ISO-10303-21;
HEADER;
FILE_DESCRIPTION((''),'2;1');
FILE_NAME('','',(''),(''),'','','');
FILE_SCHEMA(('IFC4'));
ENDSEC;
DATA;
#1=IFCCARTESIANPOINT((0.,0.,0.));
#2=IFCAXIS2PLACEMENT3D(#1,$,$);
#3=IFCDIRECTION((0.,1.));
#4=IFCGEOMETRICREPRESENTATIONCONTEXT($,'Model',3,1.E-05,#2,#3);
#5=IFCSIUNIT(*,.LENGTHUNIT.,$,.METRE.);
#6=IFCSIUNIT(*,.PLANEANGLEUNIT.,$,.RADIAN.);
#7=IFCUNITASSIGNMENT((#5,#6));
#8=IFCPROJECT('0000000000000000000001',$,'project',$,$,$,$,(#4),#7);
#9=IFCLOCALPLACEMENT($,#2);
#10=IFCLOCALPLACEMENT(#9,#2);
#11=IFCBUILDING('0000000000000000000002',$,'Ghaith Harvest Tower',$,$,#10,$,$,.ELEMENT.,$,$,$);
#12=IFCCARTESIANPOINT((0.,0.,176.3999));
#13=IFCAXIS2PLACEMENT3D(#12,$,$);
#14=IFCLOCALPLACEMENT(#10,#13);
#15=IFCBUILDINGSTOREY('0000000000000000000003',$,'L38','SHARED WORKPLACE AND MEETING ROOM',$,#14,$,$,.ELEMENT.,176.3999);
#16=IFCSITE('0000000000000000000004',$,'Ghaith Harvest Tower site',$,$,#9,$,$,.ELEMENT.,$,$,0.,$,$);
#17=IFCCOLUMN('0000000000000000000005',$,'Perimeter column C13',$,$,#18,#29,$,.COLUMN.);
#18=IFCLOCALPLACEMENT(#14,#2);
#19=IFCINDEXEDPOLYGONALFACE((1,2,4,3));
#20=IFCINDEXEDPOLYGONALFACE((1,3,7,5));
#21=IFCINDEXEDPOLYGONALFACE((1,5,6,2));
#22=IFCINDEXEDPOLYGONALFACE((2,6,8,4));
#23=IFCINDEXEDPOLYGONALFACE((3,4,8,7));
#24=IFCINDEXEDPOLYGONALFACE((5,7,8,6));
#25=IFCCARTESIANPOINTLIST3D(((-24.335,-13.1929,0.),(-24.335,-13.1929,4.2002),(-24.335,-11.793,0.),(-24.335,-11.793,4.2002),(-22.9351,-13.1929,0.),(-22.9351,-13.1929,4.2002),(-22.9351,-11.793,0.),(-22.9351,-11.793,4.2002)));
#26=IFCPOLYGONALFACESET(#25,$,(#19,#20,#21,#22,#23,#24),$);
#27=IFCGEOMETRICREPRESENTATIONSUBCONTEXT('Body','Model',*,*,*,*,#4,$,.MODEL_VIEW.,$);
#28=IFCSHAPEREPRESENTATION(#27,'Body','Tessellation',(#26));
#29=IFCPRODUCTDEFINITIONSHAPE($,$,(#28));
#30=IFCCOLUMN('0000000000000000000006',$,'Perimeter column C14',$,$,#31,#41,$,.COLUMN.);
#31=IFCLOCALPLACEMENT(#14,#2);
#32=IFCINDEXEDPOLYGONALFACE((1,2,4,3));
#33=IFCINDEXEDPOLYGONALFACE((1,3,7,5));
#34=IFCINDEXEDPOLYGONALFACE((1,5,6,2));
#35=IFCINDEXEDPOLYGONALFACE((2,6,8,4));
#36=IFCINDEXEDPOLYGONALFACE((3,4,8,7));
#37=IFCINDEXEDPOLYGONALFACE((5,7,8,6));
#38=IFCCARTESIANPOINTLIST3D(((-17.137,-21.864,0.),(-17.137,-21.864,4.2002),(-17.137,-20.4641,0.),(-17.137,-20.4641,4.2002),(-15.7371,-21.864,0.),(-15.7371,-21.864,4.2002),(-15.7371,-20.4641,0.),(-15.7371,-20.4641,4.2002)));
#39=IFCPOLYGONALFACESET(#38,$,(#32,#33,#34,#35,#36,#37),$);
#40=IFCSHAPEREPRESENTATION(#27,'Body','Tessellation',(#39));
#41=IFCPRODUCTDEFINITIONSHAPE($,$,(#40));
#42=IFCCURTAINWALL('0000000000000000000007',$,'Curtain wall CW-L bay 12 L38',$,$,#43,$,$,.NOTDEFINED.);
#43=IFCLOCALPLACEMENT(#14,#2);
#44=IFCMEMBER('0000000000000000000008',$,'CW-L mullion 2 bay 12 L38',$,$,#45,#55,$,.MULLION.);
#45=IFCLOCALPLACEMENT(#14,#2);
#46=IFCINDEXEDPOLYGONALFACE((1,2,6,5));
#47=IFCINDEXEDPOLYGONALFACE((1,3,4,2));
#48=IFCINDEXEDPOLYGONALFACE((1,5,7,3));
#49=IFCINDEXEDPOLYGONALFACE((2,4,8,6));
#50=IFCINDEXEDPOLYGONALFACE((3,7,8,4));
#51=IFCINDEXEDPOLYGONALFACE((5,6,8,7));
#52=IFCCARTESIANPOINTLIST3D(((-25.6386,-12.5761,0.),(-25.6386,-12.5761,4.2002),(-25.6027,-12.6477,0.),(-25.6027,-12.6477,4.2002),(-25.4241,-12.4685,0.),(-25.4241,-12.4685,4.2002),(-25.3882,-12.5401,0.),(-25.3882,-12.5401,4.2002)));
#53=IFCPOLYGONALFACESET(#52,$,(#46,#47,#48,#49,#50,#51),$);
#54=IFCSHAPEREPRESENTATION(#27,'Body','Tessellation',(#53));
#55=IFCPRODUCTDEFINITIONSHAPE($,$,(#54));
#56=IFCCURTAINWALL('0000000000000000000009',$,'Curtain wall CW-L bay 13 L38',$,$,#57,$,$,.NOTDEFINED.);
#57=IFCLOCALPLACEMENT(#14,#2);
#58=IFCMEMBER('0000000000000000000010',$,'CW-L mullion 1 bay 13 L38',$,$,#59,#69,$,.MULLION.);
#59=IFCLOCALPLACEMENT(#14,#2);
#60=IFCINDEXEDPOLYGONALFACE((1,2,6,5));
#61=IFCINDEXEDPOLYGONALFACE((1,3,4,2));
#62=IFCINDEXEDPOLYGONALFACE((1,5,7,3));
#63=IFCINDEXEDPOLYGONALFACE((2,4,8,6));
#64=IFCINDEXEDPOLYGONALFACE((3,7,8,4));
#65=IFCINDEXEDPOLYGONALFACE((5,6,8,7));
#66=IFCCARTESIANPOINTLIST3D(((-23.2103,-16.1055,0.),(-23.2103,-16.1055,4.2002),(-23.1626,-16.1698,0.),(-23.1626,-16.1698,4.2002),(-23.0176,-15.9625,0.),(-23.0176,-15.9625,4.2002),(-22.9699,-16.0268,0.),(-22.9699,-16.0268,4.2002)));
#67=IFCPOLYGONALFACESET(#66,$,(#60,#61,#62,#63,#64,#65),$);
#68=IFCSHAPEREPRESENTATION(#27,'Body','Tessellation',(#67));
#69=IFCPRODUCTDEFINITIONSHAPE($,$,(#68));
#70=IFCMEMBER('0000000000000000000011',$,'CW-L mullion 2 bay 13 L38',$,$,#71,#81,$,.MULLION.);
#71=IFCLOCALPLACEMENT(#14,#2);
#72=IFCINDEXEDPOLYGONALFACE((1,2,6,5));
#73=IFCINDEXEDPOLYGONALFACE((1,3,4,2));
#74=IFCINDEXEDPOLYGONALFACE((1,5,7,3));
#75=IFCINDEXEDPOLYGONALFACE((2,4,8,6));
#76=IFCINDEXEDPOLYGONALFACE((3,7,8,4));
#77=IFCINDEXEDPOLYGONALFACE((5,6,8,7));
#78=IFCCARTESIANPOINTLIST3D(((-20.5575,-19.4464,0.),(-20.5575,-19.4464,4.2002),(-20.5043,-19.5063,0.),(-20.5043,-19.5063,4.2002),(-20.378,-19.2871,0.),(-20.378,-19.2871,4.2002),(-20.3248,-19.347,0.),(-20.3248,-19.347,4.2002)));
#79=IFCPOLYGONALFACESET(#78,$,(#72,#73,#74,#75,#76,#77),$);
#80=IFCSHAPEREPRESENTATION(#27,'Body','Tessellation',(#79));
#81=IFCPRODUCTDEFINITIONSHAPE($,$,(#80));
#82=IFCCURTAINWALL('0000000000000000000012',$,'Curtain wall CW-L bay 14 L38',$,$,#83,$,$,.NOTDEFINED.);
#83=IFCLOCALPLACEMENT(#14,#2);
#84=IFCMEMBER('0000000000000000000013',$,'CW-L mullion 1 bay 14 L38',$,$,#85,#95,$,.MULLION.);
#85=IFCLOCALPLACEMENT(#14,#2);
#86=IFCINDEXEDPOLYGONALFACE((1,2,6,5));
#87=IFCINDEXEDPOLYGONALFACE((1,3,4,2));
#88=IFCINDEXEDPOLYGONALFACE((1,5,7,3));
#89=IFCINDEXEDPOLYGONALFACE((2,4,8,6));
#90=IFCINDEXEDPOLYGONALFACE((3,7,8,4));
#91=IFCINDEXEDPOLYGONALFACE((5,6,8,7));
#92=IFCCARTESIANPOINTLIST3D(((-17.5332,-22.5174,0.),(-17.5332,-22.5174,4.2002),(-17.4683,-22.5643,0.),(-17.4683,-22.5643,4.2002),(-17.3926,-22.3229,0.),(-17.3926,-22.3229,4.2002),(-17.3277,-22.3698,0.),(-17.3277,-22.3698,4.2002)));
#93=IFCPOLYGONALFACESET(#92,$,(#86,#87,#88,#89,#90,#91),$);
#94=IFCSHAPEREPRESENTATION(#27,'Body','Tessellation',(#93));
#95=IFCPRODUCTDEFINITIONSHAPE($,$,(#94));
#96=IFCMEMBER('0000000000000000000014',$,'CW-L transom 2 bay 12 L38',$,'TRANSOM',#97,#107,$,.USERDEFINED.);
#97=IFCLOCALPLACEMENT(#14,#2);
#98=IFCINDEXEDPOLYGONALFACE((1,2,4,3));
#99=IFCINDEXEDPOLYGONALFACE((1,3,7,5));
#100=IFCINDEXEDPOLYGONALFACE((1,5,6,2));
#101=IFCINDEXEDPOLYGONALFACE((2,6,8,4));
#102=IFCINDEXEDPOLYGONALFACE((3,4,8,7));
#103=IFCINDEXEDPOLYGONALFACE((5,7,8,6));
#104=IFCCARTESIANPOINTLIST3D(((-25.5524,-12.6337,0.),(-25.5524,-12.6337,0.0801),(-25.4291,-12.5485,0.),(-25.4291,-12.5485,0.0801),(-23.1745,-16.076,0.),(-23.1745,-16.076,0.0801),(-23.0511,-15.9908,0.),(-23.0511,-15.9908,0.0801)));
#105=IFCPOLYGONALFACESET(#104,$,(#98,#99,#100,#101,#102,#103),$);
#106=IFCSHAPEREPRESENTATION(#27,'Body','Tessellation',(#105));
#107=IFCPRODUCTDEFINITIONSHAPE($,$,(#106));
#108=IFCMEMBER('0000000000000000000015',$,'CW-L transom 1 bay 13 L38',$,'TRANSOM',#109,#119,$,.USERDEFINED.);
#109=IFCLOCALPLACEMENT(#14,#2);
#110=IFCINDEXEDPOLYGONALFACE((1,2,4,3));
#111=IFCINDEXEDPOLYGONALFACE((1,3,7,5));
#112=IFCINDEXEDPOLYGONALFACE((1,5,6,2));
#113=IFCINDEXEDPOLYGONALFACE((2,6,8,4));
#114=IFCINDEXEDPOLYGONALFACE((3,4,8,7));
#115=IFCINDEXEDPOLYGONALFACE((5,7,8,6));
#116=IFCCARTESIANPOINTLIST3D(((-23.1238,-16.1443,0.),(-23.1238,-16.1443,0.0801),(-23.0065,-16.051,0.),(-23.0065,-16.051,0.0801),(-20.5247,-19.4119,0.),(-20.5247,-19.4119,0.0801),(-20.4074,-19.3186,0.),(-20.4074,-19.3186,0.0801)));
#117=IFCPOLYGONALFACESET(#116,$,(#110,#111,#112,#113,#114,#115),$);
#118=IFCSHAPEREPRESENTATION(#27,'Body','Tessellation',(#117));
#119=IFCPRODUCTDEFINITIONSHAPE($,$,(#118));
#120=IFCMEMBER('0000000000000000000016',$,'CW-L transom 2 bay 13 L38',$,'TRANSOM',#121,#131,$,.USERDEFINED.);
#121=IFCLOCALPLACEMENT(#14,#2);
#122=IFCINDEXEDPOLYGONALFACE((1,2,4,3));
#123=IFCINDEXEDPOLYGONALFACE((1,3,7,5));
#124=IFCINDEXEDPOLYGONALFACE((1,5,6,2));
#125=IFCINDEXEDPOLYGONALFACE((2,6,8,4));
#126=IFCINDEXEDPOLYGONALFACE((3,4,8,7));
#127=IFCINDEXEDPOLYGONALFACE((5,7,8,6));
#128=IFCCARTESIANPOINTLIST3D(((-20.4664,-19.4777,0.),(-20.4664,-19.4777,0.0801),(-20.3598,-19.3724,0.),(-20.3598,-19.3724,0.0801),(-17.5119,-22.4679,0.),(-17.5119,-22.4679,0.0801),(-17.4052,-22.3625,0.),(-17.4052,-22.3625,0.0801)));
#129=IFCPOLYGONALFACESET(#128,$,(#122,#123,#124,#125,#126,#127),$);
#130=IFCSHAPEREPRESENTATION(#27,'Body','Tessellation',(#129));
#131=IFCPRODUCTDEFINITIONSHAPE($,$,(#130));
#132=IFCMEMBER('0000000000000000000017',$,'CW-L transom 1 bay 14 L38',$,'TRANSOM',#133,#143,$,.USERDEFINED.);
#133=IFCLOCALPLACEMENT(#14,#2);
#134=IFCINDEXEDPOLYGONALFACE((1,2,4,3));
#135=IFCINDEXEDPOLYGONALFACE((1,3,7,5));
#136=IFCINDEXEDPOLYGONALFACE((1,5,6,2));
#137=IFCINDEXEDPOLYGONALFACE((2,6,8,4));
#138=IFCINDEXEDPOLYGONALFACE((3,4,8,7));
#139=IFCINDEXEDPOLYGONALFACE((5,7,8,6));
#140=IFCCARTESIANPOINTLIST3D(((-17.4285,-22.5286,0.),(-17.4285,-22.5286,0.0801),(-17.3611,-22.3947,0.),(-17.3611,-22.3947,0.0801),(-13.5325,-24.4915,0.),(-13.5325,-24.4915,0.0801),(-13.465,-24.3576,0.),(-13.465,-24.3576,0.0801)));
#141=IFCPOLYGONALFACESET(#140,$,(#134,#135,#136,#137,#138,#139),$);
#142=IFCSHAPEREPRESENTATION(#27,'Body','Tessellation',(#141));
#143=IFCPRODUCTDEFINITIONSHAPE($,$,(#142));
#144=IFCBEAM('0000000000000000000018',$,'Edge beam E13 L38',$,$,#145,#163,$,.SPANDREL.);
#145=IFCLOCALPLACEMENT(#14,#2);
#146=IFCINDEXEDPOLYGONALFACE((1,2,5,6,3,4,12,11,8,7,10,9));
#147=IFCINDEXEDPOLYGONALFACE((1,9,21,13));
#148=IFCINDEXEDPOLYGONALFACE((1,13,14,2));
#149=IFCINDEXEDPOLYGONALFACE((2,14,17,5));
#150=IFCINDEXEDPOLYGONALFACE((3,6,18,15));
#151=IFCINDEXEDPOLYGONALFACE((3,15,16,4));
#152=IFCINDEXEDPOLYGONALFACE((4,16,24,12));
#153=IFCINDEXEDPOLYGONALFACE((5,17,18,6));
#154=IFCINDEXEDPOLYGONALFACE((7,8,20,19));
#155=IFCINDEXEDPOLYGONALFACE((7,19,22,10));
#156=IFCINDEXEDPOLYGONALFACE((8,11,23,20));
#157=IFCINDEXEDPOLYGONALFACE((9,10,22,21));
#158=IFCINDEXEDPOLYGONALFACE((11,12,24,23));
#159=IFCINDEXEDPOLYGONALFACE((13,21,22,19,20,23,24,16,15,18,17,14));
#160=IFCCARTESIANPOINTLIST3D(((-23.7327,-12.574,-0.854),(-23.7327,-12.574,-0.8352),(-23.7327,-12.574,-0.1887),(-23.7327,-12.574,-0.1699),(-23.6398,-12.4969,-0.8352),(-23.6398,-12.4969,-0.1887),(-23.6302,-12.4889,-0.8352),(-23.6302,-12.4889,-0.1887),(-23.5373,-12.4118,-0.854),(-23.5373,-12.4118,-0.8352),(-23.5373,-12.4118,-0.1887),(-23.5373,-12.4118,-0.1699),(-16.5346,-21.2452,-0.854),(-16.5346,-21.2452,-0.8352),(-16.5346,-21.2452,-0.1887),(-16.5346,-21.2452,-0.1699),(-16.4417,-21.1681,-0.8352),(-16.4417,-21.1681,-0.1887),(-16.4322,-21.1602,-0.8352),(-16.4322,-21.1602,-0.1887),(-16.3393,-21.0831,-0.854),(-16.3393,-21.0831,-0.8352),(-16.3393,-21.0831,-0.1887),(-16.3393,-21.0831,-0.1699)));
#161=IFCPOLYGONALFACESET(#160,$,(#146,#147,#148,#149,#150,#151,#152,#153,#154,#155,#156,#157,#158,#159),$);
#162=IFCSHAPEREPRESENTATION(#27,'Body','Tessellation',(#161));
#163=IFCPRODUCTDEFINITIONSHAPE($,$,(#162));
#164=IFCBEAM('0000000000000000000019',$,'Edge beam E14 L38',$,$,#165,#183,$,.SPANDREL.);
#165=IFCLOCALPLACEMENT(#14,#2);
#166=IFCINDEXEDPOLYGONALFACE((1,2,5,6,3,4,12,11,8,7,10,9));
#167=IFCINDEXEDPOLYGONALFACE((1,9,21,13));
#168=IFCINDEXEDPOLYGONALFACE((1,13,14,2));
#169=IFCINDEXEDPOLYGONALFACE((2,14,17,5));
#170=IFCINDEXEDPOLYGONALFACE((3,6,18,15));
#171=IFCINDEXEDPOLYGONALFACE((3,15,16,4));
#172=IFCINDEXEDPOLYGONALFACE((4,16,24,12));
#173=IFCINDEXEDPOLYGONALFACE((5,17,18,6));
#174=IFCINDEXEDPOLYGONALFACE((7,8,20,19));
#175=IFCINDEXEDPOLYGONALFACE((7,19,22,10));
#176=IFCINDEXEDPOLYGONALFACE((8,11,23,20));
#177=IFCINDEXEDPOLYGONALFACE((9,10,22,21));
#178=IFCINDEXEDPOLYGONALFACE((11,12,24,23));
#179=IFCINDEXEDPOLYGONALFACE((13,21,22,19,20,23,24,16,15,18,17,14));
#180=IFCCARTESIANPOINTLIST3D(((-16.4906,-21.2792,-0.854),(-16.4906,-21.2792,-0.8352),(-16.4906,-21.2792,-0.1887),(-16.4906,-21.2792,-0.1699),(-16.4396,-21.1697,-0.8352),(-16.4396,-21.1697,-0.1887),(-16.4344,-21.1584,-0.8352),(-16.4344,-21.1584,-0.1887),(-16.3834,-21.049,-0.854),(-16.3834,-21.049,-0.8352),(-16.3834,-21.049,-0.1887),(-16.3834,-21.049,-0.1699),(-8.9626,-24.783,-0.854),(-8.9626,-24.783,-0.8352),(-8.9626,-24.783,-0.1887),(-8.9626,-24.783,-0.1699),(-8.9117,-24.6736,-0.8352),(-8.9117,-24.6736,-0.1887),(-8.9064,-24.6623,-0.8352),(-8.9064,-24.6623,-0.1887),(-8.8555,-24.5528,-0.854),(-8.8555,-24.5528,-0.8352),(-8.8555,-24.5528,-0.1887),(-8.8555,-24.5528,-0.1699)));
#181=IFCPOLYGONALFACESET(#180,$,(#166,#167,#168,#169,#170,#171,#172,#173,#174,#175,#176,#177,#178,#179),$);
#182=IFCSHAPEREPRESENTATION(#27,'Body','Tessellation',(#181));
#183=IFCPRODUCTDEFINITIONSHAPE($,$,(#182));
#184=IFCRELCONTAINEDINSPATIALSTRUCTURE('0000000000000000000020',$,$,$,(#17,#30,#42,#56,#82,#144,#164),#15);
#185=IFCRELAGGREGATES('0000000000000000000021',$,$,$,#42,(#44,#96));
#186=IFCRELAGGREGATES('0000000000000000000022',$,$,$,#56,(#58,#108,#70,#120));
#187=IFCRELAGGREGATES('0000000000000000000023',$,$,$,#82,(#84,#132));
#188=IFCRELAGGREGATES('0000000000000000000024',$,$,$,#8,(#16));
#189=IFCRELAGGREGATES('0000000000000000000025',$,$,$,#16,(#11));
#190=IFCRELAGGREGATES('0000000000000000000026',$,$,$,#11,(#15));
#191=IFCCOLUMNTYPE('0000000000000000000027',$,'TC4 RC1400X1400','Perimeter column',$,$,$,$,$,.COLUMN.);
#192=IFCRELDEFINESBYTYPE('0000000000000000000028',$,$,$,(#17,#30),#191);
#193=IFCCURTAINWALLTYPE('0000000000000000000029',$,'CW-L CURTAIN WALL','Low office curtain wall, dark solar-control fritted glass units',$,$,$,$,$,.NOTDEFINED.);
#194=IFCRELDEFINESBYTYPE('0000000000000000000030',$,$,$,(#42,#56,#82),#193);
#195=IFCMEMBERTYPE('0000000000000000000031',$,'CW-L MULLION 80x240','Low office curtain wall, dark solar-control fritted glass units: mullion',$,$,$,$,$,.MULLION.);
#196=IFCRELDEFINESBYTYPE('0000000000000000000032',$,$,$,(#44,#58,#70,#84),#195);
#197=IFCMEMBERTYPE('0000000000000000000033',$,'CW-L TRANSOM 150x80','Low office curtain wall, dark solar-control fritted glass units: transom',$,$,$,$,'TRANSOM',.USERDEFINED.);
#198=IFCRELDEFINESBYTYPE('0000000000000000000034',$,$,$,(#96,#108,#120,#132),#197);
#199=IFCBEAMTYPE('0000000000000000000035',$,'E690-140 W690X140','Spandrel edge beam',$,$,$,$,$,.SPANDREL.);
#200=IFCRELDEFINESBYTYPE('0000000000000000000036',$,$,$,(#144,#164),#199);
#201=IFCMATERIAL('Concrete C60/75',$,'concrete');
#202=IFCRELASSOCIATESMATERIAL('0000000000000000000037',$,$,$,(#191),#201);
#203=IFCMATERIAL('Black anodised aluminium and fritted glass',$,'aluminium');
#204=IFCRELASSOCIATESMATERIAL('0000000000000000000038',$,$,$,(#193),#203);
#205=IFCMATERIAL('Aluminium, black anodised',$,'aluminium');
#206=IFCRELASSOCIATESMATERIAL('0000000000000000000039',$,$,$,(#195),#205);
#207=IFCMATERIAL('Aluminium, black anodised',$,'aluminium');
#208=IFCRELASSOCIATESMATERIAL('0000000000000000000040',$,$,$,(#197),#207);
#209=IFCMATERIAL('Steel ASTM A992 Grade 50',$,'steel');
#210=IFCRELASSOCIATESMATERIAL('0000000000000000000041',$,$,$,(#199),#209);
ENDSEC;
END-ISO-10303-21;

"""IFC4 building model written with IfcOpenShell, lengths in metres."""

from ifc_helpers import new_model, si_unit, direction, frame, origin, origin_2d, place, context, subcontext, project, spatial, rectangle, i_section, extrude, material, material_profile, profile_set, type_object, element, aggregate, save


model = new_model("IFC4")

# Units and contexts
model_context = context("Model", 3, precision=1e-05, world=origin(), true_north=direction((0.0, 1.0)))
body_context = subcontext(model_context, "Body", "Model", "MODEL_VIEW")
ifc_project = project(units=[si_unit("LENGTHUNIT", "METRE"), si_unit("PLANEANGLEUNIT", "RADIAN")], contexts=[model_context])

# Site, building, storey
site_placement = place(None, origin())
site = spatial("IfcSite", under=ifc_project, at=site_placement, Name="Ghaith Harvest Tower site", CompositionType="ELEMENT", RefElevation=0.0)
building_placement = place(site_placement, origin())
building = spatial("IfcBuilding", under=site, at=building_placement, Name="Ghaith Harvest Tower", CompositionType="ELEMENT")
storey_placement = place(building_placement, frame((0.0, 0.0, 176.3999)))
storey = spatial("IfcBuildingStorey", under=building, at=storey_placement, Name="L38", Description="SHARED WORKPLACE AND MEETING ROOM", CompositionType="ELEMENT", Elevation=176.3999)

# Columns
ifc_material_1 = material(Name="Concrete C60/75", Category="concrete")
ifc_material_profile_1 = material_profile(ifc_material_1, rectangle(XDim=1.3999, YDim=1.3999, at=origin_2d()), Name="RC1400X1400")
ifc_profile_set_1 = profile_set([ifc_material_profile_1], Name="Concrete C60/75")
column_type = type_object("IfcColumnType", Name="TC4 RC1400X1400", Description="Perimeter column", PredefinedType="COLUMN", material=ifc_profile_set_1)
for number, where, z_axis, x_axis, name in (
    (1, (-23.635, -12.4929, 0.0), (0.0, 0.0, 1.0), (1.0, 0.0, 0.0), "Perimeter column C13"),
    (2, (-16.437, -21.1641, 0.0), (0.0, 0.0, 1.0), (1.0, 0.0, 0.0), "Perimeter column C14"),
):
    element("IfcColumn", number, at=place(storey_placement, frame(where, z_axis=z_axis, x_axis=x_axis)), inside=storey, type_object=column_type, Name=name, PredefinedType="COLUMN", context=body_context, shape_type="SweptSolid", body=[
        extrude(rectangle(XDim=1.3999, YDim=1.3999, at=origin_2d()), origin(), (0.0, 0.0, 1.0), 4.2002),
    ])

# Curtain wall, member
ifc_material_2 = material(Name="Black anodised aluminium and fritted glass", Category="aluminium")
curtain_wall_type = type_object("IfcCurtainWallType", Name="CW-L CURTAIN WALL", Description="Low office curtain wall, dark solar-control fritted glass units", PredefinedType="NOTDEFINED", material=ifc_material_2)
curtain_wall_1_placement = place(storey_placement, origin())
curtain_wall_1 = element("IfcCurtainWall", 3, at=curtain_wall_1_placement, inside=storey, type_object=curtain_wall_type, Name="Curtain wall CW-L bay 12 L38", PredefinedType="NOTDEFINED")
ifc_material_3 = material(Name="Aluminium, black anodised", Category="aluminium")
ifc_material_profile_2 = material_profile(ifc_material_3, rectangle(XDim=0.0801, YDim=0.24, at=origin_2d()), Name="CW-L MULLION 80x240")
ifc_profile_set_2 = profile_set([ifc_material_profile_2], Name="Aluminium, black anodised")
member_type_1 = type_object("IfcMemberType", Name="CW-L MULLION 80x240", Description="Low office curtain wall, dark solar-control fritted glass units: mullion", PredefinedType="MULLION", material=ifc_profile_set_2)
member_1_placement = place(storey_placement, frame((-25.5134, -12.5581, 0.0), z_axis=(0.0, 0.0, 1.0), x_axis=(0.448267, -0.8939, 0.0)))
member_1 = element("IfcMember", 4, at=member_1_placement, type_object=member_type_1, Name="CW-L mullion 2 bay 12 L38", PredefinedType="MULLION", context=body_context, shape_type="SweptSolid", body=[
    extrude(rectangle(XDim=0.0801, YDim=0.24, at=origin_2d()), origin(), (0.0, 0.0, 1.0), 4.2002),
])

# Curtain wall, members
curtain_wall_2_placement = place(storey_placement, origin())
curtain_wall_2 = element("IfcCurtainWall", 5, at=curtain_wall_2_placement, inside=storey, type_object=curtain_wall_type, Name="Curtain wall CW-L bay 13 L38", PredefinedType="NOTDEFINED")
member_2_placement = place(storey_placement, frame((-23.0901, -16.0662, 0.0), z_axis=(0.0, 0.0, 1.0), x_axis=(0.59574, -0.803177, 0.0)))
member_2 = element("IfcMember", 6, at=member_2_placement, type_object=member_type_1, Name="CW-L mullion 1 bay 13 L38", PredefinedType="MULLION", context=body_context, shape_type="SweptSolid", body=[
    extrude(rectangle(XDim=0.0801, YDim=0.24, at=origin_2d()), origin(), (0.0, 0.0, 1.0), 4.2002),
])
member_3_placement = place(storey_placement, frame((-20.4412, -19.3967, 0.0), z_axis=(0.0, 0.0, 1.0), x_axis=(0.663765, -0.747941, 0.0)))
member_3 = element("IfcMember", 7, at=member_3_placement, type_object=member_type_1, Name="CW-L mullion 2 bay 13 L38", PredefinedType="MULLION", context=body_context, shape_type="SweptSolid", body=[
    extrude(rectangle(XDim=0.0801, YDim=0.24, at=origin_2d()), origin(), (0.0, 0.0, 1.0), 4.2002),
])

# Curtain wall, member
curtain_wall_3_placement = place(storey_placement, origin())
curtain_wall_3 = element("IfcCurtainWall", 8, at=curtain_wall_3_placement, inside=storey, type_object=curtain_wall_type, Name="Curtain wall CW-L bay 14 L38", PredefinedType="NOTDEFINED")
member_4_placement = place(storey_placement, frame((-17.4304, -22.4436, 0.0), z_axis=(0.0, 0.0, 1.0), x_axis=(0.810339, -0.585961, 0.0)))
member_4 = element("IfcMember", 9, at=member_4_placement, type_object=member_type_1, Name="CW-L mullion 1 bay 14 L38", PredefinedType="MULLION", context=body_context, shape_type="SweptSolid", body=[
    extrude(rectangle(XDim=0.0801, YDim=0.24, at=origin_2d()), origin(), (0.0, 0.0, 1.0), 4.2002),
])

# Members
ifc_material_4 = material(Name="Aluminium, black anodised", Category="aluminium")
ifc_material_profile_3 = material_profile(ifc_material_4, rectangle(XDim=0.1499, YDim=0.0801, at=origin_2d()), Name="CW-L TRANSOM 150x80")
ifc_profile_set_3 = profile_set([ifc_material_profile_3], Name="Aluminium, black anodised")
member_type_2 = type_object("IfcMemberType", Name="CW-L TRANSOM 150x80", Description="Low office curtain wall, dark solar-control fritted glass units: transom", ElementType="TRANSOM", PredefinedType="USERDEFINED", material=ifc_profile_set_3)
member_5_placement = place(storey_placement, frame((-25.4907, -12.5911, 0.04), z_axis=(0.56836, -0.82278, 0.0), x_axis=(0.82278, 0.56836, 0.0)))
member_5 = element("IfcMember", 10, at=member_5_placement, type_object=member_type_2, Name="CW-L transom 2 bay 12 L38", ObjectType="TRANSOM", PredefinedType="USERDEFINED", context=body_context, shape_type="SweptSolid", body=[
    extrude(rectangle(XDim=0.1499, YDim=0.0801, at=origin_2d()), origin(), (0.0, 0.0, 1.0), 4.1838),
])
member_6_placement = place(storey_placement, frame((-23.0652, -16.0977, 0.04), z_axis=(0.622511, -0.782611, 0.0), x_axis=(0.782611, 0.622511, 0.0)))
member_6 = element("IfcMember", 11, at=member_6_placement, type_object=member_type_2, Name="CW-L transom 1 bay 13 L38", ObjectType="TRANSOM", PredefinedType="USERDEFINED", context=body_context, shape_type="SweptSolid", body=[
    extrude(rectangle(XDim=0.1499, YDim=0.0801, at=origin_2d()), origin(), (0.0, 0.0, 1.0), 4.1753),
])
member_7_placement = place(storey_placement, frame((-20.4131, -19.425, 0.04), z_axis=(0.702854, -0.711334, 0.0), x_axis=(0.711334, 0.702854, 0.0)))
member_7 = element("IfcMember", 12, at=member_7_placement, type_object=member_type_2, Name="CW-L transom 2 bay 13 L38", ObjectType="TRANSOM", PredefinedType="USERDEFINED", context=body_context, shape_type="SweptSolid", body=[
    extrude(rectangle(XDim=0.1499, YDim=0.0801, at=origin_2d()), origin(), (0.0, 0.0, 1.0), 4.2036),
])
member_8_placement = place(storey_placement, frame((-17.3948, -22.4617, 0.04), z_axis=(0.893058, -0.449943, 0.0), x_axis=(0.449943, 0.893058, 0.0)))
member_8 = element("IfcMember", 13, at=member_8_placement, type_object=member_type_2, Name="CW-L transom 1 bay 14 L38", ObjectType="TRANSOM", PredefinedType="USERDEFINED", context=body_context, shape_type="SweptSolid", body=[
    extrude(rectangle(XDim=0.1499, YDim=0.0801, at=origin_2d()), origin(), (0.0, 0.0, 1.0), 4.3625),
])

# Beams
ifc_material_5 = material(Name="Steel ASTM A992 Grade 50", Category="steel")
ifc_material_profile_4 = material_profile(ifc_material_5, i_section(OverallWidth=0.2539, OverallDepth=0.6841, WebThickness=0.0125, FlangeThickness=0.0188, at=origin_2d()), Name="W690X140")
ifc_profile_set_4 = profile_set([ifc_material_profile_4], Name="Steel ASTM A992 Grade 50")
beam_type = type_object("IfcBeamType", Name="E690-140 W690X140", Description="Spandrel edge beam", PredefinedType="SPANDREL", material=ifc_profile_set_4)
beam_1_placement = place(storey_placement, frame((-23.635, -12.4929, -0.512), z_axis=(0.638719, -0.76944, 0.0), x_axis=(0.76944, 0.638719, 0.0)))
element("IfcBeam", 14, at=beam_1_placement, inside=storey, type_object=beam_type, Name="Edge beam E13 L38", PredefinedType="SPANDREL", context=body_context, shape_type="SweptSolid", body=[
    extrude(i_section(OverallWidth=0.2539, OverallDepth=0.6841, WebThickness=0.0125, FlangeThickness=0.0188, at=origin_2d()), origin(), (0.0, 0.0, 1.0), 11.2695),
])
beam_2_placement = place(storey_placement, frame((-16.437, -21.1641, -0.512), z_axis=(0.906607, -0.421976, 0.0), x_axis=(0.421976, 0.906607, 0.0)))
element("IfcBeam", 15, at=beam_2_placement, inside=storey, type_object=beam_type, Name="Edge beam E14 L38", PredefinedType="SPANDREL", context=body_context, shape_type="SweptSolid", body=[
    extrude(i_section(OverallWidth=0.2539, OverallDepth=0.6841, WebThickness=0.0125, FlangeThickness=0.0188, at=origin_2d()), origin(), (0.0, 0.0, 1.0), 8.3035),
])

aggregate(curtain_wall_1, [member_1, member_5])
aggregate(curtain_wall_2, [member_2, member_6, member_3, member_7])
aggregate(curtain_wall_3, [member_4, member_8])

save(model, "model.ifc")
